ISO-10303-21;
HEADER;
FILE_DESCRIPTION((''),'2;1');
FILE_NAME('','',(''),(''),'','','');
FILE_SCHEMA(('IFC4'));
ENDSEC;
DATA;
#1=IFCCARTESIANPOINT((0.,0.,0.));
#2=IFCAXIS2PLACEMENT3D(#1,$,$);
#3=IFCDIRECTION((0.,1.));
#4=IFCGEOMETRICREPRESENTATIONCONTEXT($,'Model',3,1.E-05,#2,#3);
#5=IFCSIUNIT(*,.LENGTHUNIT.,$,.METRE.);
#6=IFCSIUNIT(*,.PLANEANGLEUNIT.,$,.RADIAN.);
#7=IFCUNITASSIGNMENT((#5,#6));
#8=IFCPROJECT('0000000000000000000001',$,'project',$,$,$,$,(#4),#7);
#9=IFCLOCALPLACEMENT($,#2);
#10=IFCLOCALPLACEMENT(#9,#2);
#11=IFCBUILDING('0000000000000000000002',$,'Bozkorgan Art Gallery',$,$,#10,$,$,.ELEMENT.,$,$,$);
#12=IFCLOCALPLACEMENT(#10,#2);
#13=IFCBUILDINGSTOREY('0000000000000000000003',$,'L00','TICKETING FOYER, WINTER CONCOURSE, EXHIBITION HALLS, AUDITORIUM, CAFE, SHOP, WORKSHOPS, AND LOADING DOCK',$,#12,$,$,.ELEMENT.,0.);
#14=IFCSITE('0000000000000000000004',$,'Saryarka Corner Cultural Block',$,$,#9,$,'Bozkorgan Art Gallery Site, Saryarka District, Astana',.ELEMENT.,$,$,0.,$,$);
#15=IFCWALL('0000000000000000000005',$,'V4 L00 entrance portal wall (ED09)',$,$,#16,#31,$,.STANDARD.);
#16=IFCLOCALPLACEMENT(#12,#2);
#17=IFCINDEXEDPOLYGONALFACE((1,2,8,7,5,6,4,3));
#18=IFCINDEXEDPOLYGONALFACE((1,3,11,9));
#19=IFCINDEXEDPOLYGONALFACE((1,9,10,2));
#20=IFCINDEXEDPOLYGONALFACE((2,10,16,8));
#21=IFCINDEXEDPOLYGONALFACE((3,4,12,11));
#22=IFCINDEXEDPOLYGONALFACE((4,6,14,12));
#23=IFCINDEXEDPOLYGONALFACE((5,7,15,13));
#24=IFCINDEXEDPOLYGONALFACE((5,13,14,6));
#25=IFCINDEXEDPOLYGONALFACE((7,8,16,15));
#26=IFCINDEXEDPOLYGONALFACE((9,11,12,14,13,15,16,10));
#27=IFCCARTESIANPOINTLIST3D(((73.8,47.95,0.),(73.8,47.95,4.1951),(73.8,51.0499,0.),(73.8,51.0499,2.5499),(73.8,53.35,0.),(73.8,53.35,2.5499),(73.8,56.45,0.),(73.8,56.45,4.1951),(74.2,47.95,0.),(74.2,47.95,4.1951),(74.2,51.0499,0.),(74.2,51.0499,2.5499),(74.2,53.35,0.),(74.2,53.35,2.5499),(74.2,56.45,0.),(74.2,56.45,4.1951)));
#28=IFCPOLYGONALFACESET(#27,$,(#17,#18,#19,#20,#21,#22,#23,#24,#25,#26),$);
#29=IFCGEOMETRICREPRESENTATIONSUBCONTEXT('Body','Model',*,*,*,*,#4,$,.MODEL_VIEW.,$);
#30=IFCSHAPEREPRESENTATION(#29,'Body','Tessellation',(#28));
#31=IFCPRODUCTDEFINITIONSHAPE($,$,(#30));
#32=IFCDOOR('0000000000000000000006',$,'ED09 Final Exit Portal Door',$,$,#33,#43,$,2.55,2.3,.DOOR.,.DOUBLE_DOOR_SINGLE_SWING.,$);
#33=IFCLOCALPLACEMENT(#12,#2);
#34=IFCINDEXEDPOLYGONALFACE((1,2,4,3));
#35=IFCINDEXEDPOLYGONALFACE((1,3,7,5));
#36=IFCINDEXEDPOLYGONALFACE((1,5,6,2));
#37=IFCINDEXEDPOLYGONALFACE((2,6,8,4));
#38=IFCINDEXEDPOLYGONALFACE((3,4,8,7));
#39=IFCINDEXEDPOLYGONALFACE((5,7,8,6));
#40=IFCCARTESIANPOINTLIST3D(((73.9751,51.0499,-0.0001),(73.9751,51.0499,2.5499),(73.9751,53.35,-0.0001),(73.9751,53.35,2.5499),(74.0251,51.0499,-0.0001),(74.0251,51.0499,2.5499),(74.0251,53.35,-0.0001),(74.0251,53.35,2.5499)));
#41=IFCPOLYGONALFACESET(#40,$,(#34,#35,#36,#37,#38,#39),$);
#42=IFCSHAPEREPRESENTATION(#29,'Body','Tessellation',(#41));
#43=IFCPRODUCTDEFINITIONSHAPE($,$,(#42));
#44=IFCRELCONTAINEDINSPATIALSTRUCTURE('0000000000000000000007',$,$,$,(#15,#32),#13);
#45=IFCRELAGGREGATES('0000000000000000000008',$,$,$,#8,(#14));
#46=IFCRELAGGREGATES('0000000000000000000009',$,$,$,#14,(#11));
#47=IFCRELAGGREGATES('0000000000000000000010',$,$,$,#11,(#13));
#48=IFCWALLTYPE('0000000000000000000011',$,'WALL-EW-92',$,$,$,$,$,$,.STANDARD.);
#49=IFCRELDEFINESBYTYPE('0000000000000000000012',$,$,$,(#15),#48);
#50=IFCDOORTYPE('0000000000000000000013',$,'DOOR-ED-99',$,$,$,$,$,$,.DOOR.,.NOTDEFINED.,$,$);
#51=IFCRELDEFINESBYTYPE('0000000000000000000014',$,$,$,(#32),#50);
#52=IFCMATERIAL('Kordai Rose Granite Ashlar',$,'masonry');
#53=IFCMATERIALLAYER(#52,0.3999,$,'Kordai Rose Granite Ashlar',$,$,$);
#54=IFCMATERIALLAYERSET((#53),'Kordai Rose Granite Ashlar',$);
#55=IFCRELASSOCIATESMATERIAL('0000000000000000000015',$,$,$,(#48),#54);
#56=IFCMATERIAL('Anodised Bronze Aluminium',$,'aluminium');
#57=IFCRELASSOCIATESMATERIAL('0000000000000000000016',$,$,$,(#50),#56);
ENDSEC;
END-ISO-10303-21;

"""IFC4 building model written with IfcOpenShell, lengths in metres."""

from ifc_helpers import new_model, si_unit, direction, frame, frame_2d, origin, place, context, subcontext, project, spatial, rectangle, extrude, material, layer, layer_set, type_object, element, fill, save


model = new_model("IFC4")

# Units and contexts
model_context = context("Model", 3, precision=1e-05, world=origin(), true_north=direction((0.0, 1.0)))
body_context = subcontext(model_context, "Body", "Model", "MODEL_VIEW")
ifc_project = project(units=[si_unit("LENGTHUNIT", "METRE"), si_unit("PLANEANGLEUNIT", "RADIAN")], contexts=[model_context])

# Site, building, storey
site_placement = place(None, origin())
site = spatial("IfcSite", under=ifc_project, at=site_placement, Name="Saryarka Corner Cultural Block", LongName="Bozkorgan Art Gallery Site, Saryarka District, Astana", CompositionType="ELEMENT", RefElevation=0.0)
building_placement = place(site_placement, origin())
building = spatial("IfcBuilding", under=site, at=building_placement, Name="Bozkorgan Art Gallery", CompositionType="ELEMENT")
storey_placement = place(building_placement, origin())
storey = spatial("IfcBuildingStorey", under=building, at=storey_placement, Name="L00", Description="TICKETING FOYER, WINTER CONCOURSE, EXHIBITION HALLS, AUDITORIUM, CAFE, SHOP, WORKSHOPS, AND LOADING DOCK", CompositionType="ELEMENT", Elevation=0.0)

# Shared definitions
ifc_material_1 = material(Name="Anodised Bronze Aluminium", Category="aluminium")

# Wall, opening, door
ifc_material_2 = material(Name="Kordai Rose Granite Ashlar", Category="masonry")
ifc_layer_1 = layer(ifc_material_2, 0.3999, Name="Kordai Rose Granite Ashlar")
ifc_layer_set_1 = layer_set([ifc_layer_1], Name="Kordai Rose Granite Ashlar")
wall_type = type_object("IfcWallType", Name="WALL-EW-92", PredefinedType="STANDARD", material=ifc_layer_set_1)
wall_placement = place(storey_placement, frame((74.0, 47.95, 0.0), z_axis=(0.0, 0.0, 1.0), x_axis=(0.0, 1.0, 0.0)))
wall = element("IfcWall", 1, at=wall_placement, inside=storey, type_object=wall_type, Name="V4 L00 entrance portal wall (ED09)", PredefinedType="STANDARD", context=body_context, shape_type="SweptSolid", body=[
    extrude(rectangle(XDim=8.5, YDim=0.3999, at=frame_2d((4.25, 0.0))), origin(), (0.0, 0.0, 1.0), 4.1951),
])
opening_placement = place(wall_placement, frame((3.1001, 0.0, 0.0)))
opening = element("IfcOpeningElement", 2, at=opening_placement, cuts=wall, PredefinedType="OPENING", context=body_context, shape_type="SweptSolid", body=[
    extrude(rectangle(XDim=2.3, YDim=2.55, at=frame_2d((1.1499, 1.2749))), frame((0.0, 0.21, 0.0), z_axis=(0.0, -1.0, 0.0), x_axis=(1.0, 0.0, 0.0)), (0.0, 0.0, 1.0), 0.4199),
])
door_type = type_object("IfcDoorType", Name="DOOR-ED-99", OperationType="NOTDEFINED", PredefinedType="DOOR", material=ifc_material_1)
door_placement = place(opening_placement, origin())
door = element("IfcDoor", 3, at=door_placement, inside=storey, type_object=door_type, Name="ED09 Final Exit Portal Door", OperationType="DOUBLE_DOOR_SINGLE_SWING", OverallHeight=2.55, OverallWidth=2.3, PredefinedType="DOOR", context=body_context, shape_type="SweptSolid", body=[
    extrude(rectangle(XDim=2.3, YDim=2.55, at=frame_2d((1.1499, 1.2749))), frame((0.0, 0.0249, 0.0), z_axis=(0.0, -1.0, 0.0), x_axis=(1.0, 0.0, 0.0)), (0.0, 0.0, 1.0), 0.05),
])
fill(opening, door)

save(model, "model.ifc")
